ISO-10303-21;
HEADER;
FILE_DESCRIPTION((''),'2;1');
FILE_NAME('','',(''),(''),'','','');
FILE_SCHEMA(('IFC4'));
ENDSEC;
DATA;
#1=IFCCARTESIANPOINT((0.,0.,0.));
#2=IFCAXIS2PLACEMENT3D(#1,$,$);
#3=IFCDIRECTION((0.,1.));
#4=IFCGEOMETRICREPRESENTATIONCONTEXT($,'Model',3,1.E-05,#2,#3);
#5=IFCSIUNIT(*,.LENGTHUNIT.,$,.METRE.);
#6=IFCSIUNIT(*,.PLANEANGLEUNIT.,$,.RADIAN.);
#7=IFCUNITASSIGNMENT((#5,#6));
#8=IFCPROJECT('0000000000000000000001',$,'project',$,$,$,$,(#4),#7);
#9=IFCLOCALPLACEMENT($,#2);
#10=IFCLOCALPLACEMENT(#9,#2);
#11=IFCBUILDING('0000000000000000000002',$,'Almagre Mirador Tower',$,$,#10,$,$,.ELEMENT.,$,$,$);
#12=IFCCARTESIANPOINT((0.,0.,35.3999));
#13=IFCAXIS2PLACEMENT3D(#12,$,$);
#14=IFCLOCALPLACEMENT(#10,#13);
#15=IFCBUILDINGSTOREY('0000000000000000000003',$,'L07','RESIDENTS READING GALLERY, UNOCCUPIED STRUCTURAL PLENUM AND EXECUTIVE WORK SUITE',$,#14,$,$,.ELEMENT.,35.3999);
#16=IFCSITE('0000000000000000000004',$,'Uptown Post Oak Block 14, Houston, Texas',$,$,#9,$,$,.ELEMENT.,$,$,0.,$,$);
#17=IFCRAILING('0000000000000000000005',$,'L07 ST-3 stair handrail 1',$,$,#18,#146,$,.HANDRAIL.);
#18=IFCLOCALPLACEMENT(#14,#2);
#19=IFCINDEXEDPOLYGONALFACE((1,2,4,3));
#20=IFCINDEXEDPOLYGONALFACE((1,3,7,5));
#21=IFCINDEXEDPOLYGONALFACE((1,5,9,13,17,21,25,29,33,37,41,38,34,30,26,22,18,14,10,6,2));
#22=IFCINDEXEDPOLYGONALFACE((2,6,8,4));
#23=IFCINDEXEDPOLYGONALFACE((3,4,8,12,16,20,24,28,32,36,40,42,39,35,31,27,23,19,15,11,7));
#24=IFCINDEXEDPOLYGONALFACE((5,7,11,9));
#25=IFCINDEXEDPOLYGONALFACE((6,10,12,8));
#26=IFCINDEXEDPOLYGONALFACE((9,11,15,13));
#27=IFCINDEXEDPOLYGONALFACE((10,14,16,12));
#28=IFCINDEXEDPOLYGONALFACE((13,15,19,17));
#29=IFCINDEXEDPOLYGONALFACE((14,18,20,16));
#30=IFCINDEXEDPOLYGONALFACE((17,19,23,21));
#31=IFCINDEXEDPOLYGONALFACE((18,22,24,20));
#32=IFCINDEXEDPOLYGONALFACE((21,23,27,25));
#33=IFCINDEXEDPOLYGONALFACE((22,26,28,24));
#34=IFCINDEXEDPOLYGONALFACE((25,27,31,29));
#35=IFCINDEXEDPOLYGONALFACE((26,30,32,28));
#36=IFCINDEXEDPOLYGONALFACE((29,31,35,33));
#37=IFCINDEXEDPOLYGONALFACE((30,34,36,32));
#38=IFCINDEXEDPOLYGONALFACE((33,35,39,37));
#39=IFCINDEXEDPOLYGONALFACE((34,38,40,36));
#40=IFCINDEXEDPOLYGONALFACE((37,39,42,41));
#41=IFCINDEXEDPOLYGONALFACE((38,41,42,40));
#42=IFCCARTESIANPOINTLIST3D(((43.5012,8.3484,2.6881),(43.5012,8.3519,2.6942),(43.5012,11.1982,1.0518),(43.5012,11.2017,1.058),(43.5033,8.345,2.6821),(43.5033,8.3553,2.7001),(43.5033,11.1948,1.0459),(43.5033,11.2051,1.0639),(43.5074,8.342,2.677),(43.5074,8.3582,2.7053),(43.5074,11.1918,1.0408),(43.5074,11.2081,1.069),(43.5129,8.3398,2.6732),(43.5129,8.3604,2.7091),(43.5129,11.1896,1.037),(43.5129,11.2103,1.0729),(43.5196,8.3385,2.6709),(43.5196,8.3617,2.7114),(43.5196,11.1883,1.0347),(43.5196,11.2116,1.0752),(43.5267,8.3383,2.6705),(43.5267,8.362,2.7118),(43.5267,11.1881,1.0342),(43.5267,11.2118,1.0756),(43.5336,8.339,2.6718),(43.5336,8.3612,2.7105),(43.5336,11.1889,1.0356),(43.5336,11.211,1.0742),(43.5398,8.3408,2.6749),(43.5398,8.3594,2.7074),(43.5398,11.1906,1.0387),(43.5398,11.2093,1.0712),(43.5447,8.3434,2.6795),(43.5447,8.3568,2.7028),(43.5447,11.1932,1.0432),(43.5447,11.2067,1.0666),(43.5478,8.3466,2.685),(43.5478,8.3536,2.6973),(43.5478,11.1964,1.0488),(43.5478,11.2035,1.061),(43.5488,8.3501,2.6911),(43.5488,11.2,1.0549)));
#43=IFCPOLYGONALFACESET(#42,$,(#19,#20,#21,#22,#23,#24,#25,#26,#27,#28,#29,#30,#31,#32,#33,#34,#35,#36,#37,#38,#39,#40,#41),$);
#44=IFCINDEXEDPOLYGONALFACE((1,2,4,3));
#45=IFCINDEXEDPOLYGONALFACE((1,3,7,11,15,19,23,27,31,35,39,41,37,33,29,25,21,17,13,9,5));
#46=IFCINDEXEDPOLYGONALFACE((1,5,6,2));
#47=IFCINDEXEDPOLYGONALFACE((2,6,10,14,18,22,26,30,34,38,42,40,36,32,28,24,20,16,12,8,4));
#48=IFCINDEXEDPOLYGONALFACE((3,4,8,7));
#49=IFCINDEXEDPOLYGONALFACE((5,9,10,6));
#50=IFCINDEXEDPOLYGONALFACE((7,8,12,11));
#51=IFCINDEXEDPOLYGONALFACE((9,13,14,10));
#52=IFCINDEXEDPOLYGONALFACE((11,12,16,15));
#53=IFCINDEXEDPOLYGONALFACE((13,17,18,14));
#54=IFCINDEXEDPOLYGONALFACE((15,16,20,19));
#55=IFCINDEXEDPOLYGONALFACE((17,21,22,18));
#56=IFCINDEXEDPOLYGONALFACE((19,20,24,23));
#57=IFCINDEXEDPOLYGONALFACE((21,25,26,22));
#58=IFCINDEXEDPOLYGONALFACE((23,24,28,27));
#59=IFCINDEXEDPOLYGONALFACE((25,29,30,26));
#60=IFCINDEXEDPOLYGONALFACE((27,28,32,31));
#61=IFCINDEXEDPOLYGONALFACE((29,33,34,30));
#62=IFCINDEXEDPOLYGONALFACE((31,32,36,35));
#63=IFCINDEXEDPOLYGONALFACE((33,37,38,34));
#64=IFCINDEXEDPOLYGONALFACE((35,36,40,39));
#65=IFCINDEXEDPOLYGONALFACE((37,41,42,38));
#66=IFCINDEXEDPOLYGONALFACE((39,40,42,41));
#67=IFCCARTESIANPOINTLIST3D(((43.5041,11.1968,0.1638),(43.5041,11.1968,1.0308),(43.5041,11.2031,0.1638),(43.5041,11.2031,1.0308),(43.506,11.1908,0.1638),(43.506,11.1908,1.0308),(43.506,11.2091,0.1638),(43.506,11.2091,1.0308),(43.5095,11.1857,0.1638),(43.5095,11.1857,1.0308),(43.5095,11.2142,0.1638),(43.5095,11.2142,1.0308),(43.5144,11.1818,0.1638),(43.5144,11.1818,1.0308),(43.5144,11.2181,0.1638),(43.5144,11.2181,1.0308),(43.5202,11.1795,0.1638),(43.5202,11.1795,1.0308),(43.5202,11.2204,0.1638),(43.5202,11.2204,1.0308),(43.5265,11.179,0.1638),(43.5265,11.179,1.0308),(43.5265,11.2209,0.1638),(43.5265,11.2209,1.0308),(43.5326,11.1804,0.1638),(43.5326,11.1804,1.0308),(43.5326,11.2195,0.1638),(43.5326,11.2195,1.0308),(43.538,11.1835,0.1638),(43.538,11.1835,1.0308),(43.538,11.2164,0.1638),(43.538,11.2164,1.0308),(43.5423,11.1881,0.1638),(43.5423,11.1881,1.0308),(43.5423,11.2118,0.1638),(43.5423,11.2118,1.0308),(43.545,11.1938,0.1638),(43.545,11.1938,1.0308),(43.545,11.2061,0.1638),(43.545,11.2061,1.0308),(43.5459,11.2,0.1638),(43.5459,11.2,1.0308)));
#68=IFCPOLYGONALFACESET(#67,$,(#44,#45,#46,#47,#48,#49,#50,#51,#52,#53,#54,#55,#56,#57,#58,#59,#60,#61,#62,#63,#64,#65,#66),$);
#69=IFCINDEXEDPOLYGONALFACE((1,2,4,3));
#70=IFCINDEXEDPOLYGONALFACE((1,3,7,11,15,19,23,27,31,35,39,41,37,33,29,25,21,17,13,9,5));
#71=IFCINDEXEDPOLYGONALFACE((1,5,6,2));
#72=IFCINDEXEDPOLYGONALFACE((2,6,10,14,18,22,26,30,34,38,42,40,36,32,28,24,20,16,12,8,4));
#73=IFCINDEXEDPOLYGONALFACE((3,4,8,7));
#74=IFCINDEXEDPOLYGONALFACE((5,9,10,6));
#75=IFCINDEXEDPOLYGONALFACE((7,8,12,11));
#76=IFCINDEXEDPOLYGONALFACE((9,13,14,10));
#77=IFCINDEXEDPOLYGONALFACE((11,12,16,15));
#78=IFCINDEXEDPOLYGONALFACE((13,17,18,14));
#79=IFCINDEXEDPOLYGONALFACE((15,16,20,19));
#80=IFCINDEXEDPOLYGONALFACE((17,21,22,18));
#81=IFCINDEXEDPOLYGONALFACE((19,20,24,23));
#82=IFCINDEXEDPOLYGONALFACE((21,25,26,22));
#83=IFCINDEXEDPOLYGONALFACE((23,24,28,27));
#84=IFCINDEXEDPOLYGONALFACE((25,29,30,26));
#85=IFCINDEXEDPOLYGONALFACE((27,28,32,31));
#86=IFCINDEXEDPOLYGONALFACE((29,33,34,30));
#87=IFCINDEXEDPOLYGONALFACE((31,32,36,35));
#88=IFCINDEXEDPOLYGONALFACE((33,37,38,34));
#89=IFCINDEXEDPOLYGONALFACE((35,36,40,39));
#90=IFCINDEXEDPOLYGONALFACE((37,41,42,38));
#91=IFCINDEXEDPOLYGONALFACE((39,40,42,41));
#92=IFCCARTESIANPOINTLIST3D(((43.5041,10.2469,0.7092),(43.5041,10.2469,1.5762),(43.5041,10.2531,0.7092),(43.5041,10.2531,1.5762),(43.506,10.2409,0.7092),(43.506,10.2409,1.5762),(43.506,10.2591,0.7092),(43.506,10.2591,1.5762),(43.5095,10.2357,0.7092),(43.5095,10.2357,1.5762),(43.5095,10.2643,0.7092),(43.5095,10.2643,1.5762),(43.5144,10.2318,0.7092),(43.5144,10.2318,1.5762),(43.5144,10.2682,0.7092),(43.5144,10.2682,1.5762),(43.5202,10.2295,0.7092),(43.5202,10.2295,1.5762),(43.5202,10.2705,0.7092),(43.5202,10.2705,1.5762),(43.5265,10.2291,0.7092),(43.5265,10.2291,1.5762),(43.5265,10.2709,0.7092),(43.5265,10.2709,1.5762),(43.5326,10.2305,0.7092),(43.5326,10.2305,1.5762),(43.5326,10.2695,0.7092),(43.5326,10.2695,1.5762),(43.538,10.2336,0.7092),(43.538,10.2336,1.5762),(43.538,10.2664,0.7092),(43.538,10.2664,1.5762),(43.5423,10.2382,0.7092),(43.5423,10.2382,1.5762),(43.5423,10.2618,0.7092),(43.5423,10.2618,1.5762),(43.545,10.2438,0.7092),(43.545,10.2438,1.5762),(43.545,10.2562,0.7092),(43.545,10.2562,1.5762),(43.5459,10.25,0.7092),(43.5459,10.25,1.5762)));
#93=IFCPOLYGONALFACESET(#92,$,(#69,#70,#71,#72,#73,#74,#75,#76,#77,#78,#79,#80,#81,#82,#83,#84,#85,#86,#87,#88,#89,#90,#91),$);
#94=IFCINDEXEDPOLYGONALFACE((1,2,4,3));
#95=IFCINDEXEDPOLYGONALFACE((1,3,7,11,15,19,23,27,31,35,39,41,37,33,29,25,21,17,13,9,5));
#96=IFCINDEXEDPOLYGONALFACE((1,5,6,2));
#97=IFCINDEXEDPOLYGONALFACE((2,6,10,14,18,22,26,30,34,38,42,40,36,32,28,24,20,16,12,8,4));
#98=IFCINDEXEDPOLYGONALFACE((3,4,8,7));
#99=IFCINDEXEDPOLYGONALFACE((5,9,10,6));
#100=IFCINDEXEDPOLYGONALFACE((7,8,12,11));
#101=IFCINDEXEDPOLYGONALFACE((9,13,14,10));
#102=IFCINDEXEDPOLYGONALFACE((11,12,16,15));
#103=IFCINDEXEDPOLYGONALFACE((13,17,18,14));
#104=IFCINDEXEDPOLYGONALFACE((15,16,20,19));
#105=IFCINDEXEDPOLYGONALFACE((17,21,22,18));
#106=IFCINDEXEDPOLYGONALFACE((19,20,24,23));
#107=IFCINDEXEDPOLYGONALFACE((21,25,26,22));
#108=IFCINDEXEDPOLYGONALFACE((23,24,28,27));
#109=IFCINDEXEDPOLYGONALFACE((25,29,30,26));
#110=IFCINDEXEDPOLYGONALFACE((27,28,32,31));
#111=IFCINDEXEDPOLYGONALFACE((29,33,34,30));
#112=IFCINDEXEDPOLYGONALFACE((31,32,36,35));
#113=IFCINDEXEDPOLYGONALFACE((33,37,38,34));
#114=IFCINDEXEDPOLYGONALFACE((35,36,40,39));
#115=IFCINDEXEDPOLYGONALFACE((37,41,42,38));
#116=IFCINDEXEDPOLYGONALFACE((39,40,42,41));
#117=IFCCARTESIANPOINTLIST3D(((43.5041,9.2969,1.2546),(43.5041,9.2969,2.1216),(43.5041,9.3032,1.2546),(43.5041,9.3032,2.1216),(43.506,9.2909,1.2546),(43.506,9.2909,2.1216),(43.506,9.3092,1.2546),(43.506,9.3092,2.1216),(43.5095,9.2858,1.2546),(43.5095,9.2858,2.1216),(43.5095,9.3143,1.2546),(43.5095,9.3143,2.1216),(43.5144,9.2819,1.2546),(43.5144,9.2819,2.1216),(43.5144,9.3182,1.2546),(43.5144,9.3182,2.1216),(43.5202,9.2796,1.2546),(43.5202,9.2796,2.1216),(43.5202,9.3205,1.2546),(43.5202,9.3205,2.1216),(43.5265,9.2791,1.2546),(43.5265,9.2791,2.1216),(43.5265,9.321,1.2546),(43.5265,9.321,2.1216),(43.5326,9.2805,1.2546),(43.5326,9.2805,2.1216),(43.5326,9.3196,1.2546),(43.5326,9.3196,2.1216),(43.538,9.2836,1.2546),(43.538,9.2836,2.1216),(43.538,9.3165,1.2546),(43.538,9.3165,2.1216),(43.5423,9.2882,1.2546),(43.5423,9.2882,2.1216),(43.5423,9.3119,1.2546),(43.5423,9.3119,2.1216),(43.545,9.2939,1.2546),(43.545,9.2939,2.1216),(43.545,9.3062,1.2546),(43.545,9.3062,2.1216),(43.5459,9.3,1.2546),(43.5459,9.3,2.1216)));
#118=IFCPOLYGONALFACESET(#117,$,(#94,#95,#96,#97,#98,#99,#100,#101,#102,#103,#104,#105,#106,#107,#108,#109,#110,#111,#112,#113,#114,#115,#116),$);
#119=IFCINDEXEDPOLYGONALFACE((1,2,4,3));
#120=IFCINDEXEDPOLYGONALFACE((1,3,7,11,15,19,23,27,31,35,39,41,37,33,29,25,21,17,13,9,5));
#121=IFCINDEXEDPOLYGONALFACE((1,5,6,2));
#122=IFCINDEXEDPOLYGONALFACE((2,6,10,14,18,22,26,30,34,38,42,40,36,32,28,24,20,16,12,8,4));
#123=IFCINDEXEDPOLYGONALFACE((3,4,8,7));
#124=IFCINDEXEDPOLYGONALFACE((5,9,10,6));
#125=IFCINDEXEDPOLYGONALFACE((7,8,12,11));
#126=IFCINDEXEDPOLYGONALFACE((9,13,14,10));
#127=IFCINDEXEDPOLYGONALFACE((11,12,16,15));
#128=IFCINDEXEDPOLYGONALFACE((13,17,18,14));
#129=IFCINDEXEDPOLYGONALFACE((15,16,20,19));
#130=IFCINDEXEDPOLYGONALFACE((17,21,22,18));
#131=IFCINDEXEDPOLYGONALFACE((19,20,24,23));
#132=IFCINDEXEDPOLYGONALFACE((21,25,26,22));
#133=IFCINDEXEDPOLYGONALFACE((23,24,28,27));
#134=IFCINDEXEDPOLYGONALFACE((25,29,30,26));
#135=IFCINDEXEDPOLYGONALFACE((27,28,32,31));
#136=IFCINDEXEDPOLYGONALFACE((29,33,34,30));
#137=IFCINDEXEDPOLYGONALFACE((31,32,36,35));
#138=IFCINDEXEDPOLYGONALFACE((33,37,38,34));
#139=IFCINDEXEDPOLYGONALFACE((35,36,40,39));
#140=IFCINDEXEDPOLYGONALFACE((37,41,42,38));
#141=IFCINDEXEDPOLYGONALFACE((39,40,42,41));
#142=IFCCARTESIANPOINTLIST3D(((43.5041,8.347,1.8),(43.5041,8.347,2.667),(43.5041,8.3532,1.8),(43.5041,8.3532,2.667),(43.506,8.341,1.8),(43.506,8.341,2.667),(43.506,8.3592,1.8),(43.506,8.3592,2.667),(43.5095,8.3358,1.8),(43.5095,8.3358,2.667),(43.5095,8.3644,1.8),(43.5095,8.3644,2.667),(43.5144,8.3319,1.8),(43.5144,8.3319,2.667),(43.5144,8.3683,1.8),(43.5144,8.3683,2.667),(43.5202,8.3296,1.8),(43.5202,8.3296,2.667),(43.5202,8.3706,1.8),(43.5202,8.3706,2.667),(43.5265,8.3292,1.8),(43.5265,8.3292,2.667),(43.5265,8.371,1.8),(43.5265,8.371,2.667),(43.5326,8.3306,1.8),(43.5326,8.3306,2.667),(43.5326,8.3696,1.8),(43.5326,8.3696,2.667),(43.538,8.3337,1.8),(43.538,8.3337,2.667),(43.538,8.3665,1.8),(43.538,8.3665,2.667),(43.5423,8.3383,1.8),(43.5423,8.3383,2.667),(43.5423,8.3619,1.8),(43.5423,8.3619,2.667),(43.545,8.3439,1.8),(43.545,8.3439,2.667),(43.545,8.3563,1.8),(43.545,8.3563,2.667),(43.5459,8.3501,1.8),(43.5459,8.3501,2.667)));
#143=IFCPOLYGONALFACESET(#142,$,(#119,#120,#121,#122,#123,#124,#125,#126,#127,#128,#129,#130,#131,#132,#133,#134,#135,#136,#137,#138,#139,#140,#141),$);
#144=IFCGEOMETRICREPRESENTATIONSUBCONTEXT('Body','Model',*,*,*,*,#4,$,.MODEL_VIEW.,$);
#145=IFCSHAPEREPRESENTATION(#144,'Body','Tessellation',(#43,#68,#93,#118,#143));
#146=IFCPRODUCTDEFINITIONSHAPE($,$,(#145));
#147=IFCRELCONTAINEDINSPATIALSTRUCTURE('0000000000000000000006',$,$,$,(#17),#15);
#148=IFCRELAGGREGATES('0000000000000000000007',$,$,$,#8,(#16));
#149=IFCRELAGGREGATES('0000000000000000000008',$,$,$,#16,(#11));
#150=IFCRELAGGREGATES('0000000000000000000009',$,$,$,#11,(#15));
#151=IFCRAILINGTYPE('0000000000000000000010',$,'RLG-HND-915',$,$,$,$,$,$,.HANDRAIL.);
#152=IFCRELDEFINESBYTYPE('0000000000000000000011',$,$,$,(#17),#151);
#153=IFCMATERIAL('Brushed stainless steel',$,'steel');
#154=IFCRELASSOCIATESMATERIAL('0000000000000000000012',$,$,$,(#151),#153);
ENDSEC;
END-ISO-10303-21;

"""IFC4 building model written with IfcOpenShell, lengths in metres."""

from ifc_helpers import new_model, si_unit, direction, frame, origin, origin_2d, place, context, subcontext, project, spatial, circle, extrude, material, type_object, element, save


model = new_model("IFC4")

# Units and contexts
model_context = context("Model", 3, precision=1e-05, world=origin(), true_north=direction((0.0, 1.0)))
body_context = subcontext(model_context, "Body", "Model", "MODEL_VIEW")
ifc_project = project(units=[si_unit("LENGTHUNIT", "METRE"), si_unit("PLANEANGLEUNIT", "RADIAN")], contexts=[model_context])

# Site, building, storey
site_placement = place(None, origin())
site = spatial("IfcSite", under=ifc_project, at=site_placement, Name="Uptown Post Oak Block 14, Houston, Texas", CompositionType="ELEMENT", RefElevation=0.0)
building_placement = place(site_placement, origin())
building = spatial("IfcBuilding", under=site, at=building_placement, Name="Almagre Mirador Tower", CompositionType="ELEMENT")
storey_placement = place(building_placement, frame((0.0, 0.0, 35.3999)))
storey = spatial("IfcBuildingStorey", under=building, at=storey_placement, Name="L07", Description="RESIDENTS READING GALLERY, UNOCCUPIED STRUCTURAL PLENUM AND EXECUTIVE WORK SUITE", CompositionType="ELEMENT", Elevation=35.3999)

# Railing
ifc_material_1 = material(Name="Brushed stainless steel", Category="steel")
railing_type_1 = type_object("IfcRailingType", Name="RLG-HND-915", PredefinedType="HANDRAIL", material=ifc_material_1)
railing_1_placement = place(storey_placement, frame((43.5249, 11.2, 0.1638)))
element("IfcRailing", 1, at=railing_1_placement, inside=storey, type_object=railing_type_1, Name="L07 ST-3 stair handrail 1", PredefinedType="HANDRAIL", context=body_context, shape_type="SweptSolid", body=[
    extrude(circle(Radius=0.0239, at=origin_2d()), frame((0.0, 0.0, 0.8911), z_axis=(0.0, -0.867226, 0.497914), x_axis=(1.0, 0.0, 0.0)), (0.0, 0.0, 1.0), 3.2861),
    extrude(circle(Radius=0.021, at=origin_2d()), origin(), (0.0, 0.0, 1.0), 0.8669),
    extrude(circle(Radius=0.021, at=origin_2d()), frame((0.0, -0.95, 0.5454)), (0.0, 0.0, 1.0), 0.8669),
    extrude(circle(Radius=0.021, at=origin_2d()), frame((0.0, -1.8999, 1.0908)), (0.0, 0.0, 1.0), 0.8669),
    extrude(circle(Radius=0.021, at=origin_2d()), frame((0.0, -2.8499, 1.6362)), (0.0, 0.0, 1.0), 0.8669),
])

save(model, "model.ifc")
